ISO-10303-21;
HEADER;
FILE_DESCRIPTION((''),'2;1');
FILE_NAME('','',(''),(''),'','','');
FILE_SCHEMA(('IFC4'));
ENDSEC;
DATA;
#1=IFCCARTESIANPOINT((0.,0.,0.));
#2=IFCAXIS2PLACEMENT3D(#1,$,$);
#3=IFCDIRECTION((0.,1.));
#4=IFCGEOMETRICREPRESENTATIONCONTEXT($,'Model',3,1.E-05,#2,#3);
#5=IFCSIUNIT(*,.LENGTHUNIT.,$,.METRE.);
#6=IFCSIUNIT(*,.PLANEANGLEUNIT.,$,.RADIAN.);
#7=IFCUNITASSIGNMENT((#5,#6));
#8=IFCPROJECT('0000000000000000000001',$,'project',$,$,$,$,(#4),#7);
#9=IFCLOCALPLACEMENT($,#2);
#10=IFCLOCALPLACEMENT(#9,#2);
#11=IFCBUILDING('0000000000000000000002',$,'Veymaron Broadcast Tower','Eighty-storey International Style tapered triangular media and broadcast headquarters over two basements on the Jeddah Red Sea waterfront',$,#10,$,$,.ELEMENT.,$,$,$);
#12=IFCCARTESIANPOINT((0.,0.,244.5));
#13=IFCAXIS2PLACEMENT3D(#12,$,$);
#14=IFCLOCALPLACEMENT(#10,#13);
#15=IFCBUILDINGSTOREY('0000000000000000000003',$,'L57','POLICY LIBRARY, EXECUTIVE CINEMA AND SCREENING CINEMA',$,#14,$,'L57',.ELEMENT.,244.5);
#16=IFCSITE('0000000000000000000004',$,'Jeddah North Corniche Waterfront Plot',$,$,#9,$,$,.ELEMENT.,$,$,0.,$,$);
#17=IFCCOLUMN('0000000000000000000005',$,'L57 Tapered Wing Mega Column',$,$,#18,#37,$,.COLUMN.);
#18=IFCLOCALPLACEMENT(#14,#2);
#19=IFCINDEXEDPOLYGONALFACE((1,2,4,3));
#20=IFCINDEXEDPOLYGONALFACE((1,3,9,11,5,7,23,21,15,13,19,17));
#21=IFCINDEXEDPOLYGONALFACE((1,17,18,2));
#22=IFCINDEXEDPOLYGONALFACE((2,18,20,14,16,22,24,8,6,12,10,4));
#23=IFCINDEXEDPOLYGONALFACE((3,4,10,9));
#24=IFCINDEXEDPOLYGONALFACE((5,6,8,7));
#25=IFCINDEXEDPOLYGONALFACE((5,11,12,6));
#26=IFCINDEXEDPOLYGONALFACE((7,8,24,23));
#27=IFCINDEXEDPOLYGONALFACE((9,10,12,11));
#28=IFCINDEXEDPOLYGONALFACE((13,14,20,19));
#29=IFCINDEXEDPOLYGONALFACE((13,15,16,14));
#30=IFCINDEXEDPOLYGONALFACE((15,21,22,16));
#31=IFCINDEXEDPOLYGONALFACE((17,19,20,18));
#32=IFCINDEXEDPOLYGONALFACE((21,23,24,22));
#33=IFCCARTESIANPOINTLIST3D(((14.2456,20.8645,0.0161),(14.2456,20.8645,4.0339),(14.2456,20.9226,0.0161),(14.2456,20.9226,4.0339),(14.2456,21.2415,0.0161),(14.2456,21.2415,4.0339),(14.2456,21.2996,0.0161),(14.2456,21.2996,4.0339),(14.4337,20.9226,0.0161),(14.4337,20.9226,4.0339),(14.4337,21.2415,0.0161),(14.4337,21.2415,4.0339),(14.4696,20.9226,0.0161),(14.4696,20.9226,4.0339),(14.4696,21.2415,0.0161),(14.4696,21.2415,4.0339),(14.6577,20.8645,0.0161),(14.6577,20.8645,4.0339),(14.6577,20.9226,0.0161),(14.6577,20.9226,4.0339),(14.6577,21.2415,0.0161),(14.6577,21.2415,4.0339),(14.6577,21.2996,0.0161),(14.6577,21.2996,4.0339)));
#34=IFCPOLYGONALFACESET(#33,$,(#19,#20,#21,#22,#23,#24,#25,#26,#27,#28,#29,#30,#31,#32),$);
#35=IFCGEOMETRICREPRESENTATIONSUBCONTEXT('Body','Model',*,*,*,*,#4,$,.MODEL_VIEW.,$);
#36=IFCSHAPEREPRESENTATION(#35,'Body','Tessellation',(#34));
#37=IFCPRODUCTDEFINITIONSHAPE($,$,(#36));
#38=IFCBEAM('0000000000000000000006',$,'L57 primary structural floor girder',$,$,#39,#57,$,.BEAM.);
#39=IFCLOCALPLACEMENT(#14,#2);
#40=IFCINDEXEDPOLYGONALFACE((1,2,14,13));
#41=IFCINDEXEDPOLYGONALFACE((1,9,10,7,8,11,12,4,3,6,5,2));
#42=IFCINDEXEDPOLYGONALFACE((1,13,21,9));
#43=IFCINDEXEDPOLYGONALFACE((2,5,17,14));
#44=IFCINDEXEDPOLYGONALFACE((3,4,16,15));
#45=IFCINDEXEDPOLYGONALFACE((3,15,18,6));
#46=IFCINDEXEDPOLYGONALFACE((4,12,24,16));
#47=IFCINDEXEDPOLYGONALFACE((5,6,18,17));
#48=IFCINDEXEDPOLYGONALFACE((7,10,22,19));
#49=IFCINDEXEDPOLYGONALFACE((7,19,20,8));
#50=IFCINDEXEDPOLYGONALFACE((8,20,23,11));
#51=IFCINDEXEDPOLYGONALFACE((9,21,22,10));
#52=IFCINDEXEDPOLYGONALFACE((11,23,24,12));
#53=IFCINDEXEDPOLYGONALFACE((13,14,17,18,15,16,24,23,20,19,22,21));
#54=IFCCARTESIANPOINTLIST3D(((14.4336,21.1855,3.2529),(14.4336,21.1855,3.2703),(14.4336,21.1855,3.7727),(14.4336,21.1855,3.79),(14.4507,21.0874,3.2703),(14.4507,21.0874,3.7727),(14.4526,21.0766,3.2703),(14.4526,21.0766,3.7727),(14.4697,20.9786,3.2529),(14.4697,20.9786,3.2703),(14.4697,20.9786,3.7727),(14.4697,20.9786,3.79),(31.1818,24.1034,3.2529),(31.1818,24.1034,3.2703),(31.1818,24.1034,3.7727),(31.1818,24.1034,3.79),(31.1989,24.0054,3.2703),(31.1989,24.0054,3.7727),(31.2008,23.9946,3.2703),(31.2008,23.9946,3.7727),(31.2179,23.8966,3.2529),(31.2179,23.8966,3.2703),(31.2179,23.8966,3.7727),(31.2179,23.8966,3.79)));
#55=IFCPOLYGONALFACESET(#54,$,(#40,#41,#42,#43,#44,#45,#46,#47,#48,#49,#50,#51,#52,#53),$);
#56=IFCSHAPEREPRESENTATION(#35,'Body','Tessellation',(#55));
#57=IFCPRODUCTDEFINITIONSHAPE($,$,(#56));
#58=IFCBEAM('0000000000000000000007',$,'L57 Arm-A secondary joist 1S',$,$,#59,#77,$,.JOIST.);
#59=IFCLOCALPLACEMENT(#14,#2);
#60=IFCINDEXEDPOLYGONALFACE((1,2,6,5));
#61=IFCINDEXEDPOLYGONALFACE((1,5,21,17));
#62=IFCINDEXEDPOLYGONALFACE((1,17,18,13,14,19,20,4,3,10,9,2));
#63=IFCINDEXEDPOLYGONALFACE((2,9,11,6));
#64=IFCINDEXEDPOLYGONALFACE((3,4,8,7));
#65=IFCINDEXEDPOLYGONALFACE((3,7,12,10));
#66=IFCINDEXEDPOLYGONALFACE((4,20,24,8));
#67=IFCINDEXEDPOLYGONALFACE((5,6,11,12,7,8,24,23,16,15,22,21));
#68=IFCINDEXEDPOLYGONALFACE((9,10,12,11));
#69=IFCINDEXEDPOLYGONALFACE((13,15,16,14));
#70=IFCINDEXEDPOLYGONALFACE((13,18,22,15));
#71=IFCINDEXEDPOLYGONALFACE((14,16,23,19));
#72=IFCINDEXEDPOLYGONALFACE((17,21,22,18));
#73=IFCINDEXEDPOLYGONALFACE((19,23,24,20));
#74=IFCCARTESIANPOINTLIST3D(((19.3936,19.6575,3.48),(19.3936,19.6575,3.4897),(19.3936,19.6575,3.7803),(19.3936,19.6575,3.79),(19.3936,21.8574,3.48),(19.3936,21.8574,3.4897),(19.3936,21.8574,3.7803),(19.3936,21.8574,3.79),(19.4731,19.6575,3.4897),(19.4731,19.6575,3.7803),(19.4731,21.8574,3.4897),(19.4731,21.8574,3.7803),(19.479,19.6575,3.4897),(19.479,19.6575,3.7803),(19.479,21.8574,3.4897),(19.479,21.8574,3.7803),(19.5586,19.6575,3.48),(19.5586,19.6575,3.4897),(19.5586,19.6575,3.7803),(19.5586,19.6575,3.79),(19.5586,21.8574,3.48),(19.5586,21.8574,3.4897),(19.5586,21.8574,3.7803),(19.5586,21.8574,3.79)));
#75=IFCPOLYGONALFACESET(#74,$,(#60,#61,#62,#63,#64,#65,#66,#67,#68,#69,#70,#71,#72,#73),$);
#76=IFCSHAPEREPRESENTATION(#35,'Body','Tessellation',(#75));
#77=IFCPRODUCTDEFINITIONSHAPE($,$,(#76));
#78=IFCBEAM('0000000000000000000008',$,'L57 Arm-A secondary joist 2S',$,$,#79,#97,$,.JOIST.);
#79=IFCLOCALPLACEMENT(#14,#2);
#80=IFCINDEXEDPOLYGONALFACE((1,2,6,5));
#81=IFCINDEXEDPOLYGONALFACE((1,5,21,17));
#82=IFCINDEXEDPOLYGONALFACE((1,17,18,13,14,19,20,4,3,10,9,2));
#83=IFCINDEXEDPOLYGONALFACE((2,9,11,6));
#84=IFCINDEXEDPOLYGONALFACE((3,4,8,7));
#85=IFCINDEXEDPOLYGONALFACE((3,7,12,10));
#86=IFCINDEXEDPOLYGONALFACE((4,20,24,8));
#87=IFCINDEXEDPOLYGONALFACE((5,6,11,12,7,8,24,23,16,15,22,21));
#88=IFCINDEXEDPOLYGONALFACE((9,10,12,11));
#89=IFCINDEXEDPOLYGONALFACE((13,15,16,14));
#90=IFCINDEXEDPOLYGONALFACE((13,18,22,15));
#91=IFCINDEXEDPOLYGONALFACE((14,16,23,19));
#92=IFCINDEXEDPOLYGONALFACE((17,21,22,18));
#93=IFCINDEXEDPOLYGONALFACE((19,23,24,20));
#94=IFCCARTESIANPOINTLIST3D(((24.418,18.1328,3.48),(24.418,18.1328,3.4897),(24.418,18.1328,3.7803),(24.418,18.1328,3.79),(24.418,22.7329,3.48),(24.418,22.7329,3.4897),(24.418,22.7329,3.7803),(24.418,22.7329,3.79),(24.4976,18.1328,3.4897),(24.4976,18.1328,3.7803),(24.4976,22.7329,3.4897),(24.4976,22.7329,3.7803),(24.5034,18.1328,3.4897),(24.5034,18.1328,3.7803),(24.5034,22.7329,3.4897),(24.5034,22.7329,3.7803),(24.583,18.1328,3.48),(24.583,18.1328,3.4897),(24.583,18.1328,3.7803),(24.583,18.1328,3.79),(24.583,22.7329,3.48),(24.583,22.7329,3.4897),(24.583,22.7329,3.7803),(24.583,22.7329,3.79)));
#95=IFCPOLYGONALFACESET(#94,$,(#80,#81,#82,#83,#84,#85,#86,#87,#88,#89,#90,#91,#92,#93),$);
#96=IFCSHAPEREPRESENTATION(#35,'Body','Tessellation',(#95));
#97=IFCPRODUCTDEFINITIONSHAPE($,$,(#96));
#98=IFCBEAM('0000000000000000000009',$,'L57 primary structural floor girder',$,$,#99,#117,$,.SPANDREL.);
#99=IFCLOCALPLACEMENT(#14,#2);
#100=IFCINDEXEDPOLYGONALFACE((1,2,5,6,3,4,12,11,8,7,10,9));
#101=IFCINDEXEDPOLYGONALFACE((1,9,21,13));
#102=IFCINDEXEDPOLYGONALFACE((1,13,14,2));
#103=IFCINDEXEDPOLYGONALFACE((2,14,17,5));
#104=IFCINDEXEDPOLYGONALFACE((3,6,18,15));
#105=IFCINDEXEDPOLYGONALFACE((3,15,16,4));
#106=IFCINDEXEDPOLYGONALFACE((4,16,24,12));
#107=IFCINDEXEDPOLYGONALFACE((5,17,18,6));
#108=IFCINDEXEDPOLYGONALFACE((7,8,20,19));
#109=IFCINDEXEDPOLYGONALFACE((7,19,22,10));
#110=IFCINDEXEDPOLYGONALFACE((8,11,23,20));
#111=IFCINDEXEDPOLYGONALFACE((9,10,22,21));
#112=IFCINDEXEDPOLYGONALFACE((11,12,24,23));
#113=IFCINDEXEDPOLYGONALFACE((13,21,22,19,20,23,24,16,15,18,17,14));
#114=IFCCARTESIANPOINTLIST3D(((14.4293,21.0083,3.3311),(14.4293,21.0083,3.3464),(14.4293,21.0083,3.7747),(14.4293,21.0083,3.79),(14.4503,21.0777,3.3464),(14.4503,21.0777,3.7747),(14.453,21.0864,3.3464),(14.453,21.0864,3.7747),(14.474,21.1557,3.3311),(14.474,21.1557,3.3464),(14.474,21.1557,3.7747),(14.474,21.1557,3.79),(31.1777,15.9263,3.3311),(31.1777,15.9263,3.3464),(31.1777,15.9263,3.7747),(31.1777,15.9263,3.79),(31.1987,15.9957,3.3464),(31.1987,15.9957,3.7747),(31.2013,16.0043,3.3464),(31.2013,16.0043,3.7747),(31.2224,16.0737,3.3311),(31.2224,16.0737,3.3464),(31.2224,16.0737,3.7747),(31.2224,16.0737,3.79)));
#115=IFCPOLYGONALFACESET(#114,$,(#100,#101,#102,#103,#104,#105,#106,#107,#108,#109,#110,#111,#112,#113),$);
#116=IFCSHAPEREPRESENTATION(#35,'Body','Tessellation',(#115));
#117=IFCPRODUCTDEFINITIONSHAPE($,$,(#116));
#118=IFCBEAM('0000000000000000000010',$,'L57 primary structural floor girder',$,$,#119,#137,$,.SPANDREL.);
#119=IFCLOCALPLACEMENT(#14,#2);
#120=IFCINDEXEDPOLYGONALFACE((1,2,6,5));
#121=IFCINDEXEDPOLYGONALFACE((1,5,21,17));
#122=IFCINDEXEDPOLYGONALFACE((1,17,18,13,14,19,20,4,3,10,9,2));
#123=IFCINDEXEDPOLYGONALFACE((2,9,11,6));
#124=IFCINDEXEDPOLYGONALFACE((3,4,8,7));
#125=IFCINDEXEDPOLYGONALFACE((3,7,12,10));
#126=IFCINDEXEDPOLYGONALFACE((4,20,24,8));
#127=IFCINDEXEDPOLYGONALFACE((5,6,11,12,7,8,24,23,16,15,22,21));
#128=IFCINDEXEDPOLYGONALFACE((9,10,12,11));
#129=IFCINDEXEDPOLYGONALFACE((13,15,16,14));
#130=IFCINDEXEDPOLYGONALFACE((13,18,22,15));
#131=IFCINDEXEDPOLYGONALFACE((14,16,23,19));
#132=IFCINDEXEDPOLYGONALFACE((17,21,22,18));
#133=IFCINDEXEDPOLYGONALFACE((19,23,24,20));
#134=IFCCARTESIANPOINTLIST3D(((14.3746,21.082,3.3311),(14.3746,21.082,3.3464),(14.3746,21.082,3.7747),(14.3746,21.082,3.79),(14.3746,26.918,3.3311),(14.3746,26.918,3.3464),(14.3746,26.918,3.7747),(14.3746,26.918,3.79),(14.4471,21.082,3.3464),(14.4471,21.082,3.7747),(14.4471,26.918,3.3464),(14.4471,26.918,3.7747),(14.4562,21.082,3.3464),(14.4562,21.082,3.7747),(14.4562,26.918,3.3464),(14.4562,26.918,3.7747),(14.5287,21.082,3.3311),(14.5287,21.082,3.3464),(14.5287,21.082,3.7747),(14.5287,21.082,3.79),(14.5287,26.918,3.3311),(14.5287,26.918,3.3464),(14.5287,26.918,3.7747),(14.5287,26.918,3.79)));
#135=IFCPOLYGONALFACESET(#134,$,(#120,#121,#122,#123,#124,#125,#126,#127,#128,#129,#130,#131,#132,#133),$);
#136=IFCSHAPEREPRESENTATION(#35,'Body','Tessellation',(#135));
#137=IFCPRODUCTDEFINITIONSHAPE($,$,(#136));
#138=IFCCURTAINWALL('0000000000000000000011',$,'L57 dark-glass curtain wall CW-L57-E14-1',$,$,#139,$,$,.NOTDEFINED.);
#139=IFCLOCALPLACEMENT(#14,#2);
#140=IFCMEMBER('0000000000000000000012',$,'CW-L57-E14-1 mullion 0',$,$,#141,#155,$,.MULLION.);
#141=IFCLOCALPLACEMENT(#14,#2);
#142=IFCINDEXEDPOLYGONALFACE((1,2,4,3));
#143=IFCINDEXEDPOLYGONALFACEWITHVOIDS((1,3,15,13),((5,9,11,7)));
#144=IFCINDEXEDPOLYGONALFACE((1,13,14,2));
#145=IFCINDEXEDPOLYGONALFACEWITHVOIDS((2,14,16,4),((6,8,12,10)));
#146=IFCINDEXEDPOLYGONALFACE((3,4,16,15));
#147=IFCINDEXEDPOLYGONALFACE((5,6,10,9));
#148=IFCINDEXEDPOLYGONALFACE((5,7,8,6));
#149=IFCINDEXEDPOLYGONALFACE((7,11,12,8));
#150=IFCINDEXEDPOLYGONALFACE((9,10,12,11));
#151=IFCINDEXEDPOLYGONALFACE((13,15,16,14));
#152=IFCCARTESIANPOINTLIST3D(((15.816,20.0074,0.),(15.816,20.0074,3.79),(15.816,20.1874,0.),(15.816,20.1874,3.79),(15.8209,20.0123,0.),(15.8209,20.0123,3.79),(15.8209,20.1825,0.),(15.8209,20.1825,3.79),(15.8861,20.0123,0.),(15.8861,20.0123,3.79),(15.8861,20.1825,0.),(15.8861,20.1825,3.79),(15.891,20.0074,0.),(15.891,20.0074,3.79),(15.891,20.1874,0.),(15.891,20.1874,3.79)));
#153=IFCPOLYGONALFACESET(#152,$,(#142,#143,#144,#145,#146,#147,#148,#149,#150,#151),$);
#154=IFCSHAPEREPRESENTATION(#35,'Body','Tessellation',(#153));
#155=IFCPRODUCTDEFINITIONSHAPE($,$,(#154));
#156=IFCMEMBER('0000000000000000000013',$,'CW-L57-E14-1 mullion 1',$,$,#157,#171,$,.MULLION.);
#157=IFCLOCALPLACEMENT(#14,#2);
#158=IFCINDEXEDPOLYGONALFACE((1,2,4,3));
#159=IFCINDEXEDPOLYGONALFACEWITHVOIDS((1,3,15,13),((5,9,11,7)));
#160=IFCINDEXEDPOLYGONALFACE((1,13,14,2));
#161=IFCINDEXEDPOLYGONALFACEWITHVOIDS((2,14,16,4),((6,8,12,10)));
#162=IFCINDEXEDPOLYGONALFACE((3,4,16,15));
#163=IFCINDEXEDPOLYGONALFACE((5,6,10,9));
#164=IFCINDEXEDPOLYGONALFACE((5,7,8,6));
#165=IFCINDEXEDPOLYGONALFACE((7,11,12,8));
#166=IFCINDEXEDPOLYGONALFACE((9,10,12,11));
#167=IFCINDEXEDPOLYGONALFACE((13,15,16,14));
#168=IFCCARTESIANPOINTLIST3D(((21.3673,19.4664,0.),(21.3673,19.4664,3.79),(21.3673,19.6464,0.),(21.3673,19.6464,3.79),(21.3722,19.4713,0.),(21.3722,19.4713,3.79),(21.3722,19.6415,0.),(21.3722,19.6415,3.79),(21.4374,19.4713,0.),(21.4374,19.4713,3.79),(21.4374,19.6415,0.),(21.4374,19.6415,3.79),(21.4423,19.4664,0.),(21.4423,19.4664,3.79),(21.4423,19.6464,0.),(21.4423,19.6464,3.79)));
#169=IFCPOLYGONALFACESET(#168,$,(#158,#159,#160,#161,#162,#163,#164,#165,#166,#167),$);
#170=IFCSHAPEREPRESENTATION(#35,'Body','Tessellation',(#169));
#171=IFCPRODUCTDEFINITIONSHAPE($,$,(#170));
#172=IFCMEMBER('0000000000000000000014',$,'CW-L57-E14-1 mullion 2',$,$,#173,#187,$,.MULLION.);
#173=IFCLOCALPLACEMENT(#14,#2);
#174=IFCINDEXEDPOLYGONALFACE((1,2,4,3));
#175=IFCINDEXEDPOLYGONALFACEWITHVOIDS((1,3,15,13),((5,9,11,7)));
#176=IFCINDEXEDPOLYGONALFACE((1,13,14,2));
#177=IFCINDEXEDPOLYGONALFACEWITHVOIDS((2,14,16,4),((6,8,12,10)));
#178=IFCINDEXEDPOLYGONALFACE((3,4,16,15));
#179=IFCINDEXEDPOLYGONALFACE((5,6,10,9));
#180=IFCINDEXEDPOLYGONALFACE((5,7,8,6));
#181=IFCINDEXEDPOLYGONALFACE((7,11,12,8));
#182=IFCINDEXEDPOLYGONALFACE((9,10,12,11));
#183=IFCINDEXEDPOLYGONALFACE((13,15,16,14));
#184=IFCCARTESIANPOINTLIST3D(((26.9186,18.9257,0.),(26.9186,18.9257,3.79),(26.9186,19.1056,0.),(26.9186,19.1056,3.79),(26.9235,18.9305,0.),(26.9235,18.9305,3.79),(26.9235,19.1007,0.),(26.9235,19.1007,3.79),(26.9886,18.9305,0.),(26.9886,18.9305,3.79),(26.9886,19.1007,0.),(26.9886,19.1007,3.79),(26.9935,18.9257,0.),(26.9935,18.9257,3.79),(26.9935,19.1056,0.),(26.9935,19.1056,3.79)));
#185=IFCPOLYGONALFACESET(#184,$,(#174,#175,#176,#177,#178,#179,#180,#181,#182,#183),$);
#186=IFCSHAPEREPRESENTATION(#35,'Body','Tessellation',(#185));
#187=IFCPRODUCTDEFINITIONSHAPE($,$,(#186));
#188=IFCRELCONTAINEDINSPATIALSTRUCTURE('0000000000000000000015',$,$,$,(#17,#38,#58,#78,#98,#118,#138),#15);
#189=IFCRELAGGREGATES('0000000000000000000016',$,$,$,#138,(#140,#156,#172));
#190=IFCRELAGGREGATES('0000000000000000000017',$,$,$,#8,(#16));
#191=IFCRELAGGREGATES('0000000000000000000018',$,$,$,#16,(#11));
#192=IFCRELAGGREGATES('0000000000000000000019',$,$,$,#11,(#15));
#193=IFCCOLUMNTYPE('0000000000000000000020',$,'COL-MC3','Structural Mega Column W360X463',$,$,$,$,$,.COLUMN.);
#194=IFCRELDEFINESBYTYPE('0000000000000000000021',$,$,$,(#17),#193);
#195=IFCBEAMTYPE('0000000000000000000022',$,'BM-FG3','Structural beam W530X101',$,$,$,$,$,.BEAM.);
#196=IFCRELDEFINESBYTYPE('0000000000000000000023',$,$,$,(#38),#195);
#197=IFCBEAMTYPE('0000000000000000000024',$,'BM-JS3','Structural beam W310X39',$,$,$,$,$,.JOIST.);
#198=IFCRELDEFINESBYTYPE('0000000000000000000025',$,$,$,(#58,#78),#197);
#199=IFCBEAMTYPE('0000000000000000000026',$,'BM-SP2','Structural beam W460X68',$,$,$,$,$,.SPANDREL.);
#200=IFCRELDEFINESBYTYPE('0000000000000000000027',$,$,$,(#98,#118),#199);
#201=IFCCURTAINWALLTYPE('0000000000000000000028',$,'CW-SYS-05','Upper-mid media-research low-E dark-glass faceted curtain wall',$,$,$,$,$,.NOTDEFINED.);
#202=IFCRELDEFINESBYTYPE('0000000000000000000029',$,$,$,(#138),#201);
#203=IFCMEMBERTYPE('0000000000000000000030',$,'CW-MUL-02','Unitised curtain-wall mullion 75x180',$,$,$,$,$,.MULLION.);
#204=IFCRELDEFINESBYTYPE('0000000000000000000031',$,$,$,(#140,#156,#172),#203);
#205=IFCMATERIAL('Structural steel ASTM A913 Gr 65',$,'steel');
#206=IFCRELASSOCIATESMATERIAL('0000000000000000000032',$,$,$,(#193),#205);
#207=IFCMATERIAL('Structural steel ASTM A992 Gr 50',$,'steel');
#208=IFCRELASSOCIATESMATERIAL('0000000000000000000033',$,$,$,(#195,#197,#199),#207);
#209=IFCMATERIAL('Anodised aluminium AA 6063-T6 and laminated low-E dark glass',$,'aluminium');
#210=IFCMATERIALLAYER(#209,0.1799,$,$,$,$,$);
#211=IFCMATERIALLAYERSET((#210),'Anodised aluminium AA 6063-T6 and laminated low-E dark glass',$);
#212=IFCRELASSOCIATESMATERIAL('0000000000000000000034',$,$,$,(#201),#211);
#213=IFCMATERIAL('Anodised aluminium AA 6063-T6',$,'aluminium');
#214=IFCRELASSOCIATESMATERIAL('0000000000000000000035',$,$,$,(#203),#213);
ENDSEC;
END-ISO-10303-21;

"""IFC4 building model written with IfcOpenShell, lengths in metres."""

from ifc_helpers import new_model, si_unit, direction, frame, origin, origin_2d, place, context, subcontext, project, spatial, hollow_rectangle, i_section, extrude, material, layer, layer_set, material_profile, profile_set, type_object, element, aggregate, save


model = new_model("IFC4")

# Units and contexts
model_context = context("Model", 3, precision=1e-05, world=origin(), true_north=direction((0.0, 1.0)))
body_context = subcontext(model_context, "Body", "Model", "MODEL_VIEW")
ifc_project = project(units=[si_unit("LENGTHUNIT", "METRE"), si_unit("PLANEANGLEUNIT", "RADIAN")], contexts=[model_context])

# Site, building, storey
site_placement = place(None, origin())
site = spatial("IfcSite", under=ifc_project, at=site_placement, Name="Jeddah North Corniche Waterfront Plot", CompositionType="ELEMENT", RefElevation=0.0)
building_placement = place(site_placement, origin())
building = spatial("IfcBuilding", under=site, at=building_placement, Name="Veymaron Broadcast Tower", Description="Eighty-storey International Style tapered triangular media and broadcast headquarters over two basements on the Jeddah Red Sea waterfront", CompositionType="ELEMENT")
storey_placement = place(building_placement, frame((0.0, 0.0, 244.5)))
storey = spatial("IfcBuildingStorey", under=building, at=storey_placement, Name="L57", Description="POLICY LIBRARY, EXECUTIVE CINEMA AND SCREENING CINEMA", LongName="L57", CompositionType="ELEMENT", Elevation=244.5)

# Column
ifc_material_1 = material(Name="Structural steel ASTM A913 Gr 65", Category="steel")
ifc_material_profile_1 = material_profile(ifc_material_1, i_section(OverallWidth=0.4121, OverallDepth=0.4351, WebThickness=0.0359, FlangeThickness=0.0581, at=origin_2d()), Name="W360X463")
ifc_profile_set_1 = profile_set([ifc_material_profile_1], Name="Structural steel ASTM A913 Gr 65")
column_type = type_object("IfcColumnType", Name="COL-MC3", Description="Structural Mega Column W360X463", PredefinedType="COLUMN", material=ifc_profile_set_1)
column_placement = place(storey_placement, frame((14.4517, 21.082, 0.0161), z_axis=(0.0, 0.0, 1.0), x_axis=(1.0, 0.0, 0.0)))
element("IfcColumn", 1, at=column_placement, inside=storey, type_object=column_type, Name="L57 Tapered Wing Mega Column", PredefinedType="COLUMN", context=body_context, shape_type="SweptSolid", body=[
    extrude(i_section(OverallWidth=0.4121, OverallDepth=0.4351, WebThickness=0.0359, FlangeThickness=0.0581, at=origin_2d()), origin(), (0.0, 0.0, 1.0), 4.0178),
])

# Beams
ifc_material_2 = material(Name="Structural steel ASTM A992 Gr 50", Category="steel")
ifc_material_profile_2 = material_profile(ifc_material_2, i_section(OverallWidth=0.21, OverallDepth=0.5371, WebThickness=0.011, FlangeThickness=0.0173, at=origin_2d()), Name="W530X101")
ifc_profile_set_2 = profile_set([ifc_material_profile_2], Name="Structural steel ASTM A992 Gr 50")
beam_type_1 = type_object("IfcBeamType", Name="BM-FG3", Description="Structural beam W530X101", PredefinedType="BEAM", material=ifc_profile_set_2)
beam_1_placement = place(storey_placement, frame((14.4517, 21.082, 3.5215), z_axis=(0.98516, 0.171639, 0.0), x_axis=(-0.171639, 0.98516, 0.0)))
element("IfcBeam", 2, at=beam_1_placement, inside=storey, type_object=beam_type_1, Name="L57 primary structural floor girder", PredefinedType="BEAM", context=body_context, shape_type="SweptSolid", body=[
    extrude(i_section(OverallWidth=0.21, OverallDepth=0.5371, WebThickness=0.011, FlangeThickness=0.0173, at=origin_2d()), origin(), (0.0, 0.0, 1.0), 17.0005),
])
ifc_material_profile_3 = material_profile(ifc_material_2, i_section(OverallWidth=0.165, OverallDepth=0.3101, WebThickness=0.0059, FlangeThickness=0.0098, at=origin_2d()), Name="W310X39")
ifc_profile_set_3 = profile_set([ifc_material_profile_3], Name="Structural steel ASTM A992 Gr 50")
beam_type_2 = type_object("IfcBeamType", Name="BM-JS3", Description="Structural beam W310X39", PredefinedType="JOIST", material=ifc_profile_set_3)
beam_2_placement = place(storey_placement, frame((19.4761, 19.6575, 3.635), z_axis=(0.0, 1.0, 0.0), x_axis=(-1.0, 0.0, 0.0)))
element("IfcBeam", 3, at=beam_2_placement, inside=storey, type_object=beam_type_2, Name="L57 Arm-A secondary joist 1S", PredefinedType="JOIST", context=body_context, shape_type="SweptSolid", body=[
    extrude(i_section(OverallWidth=0.165, OverallDepth=0.3101, WebThickness=0.0059, FlangeThickness=0.0098, at=origin_2d()), origin(), (0.0, 0.0, 1.0), 2.2),
])
beam_3_placement = place(storey_placement, frame((24.5005, 18.1328, 3.635), z_axis=(0.0, 1.0, 0.0), x_axis=(-1.0, 0.0, 0.0)))
element("IfcBeam", 4, at=beam_3_placement, inside=storey, type_object=beam_type_2, Name="L57 Arm-A secondary joist 2S", PredefinedType="JOIST", context=body_context, shape_type="SweptSolid", body=[
    extrude(i_section(OverallWidth=0.165, OverallDepth=0.3101, WebThickness=0.0059, FlangeThickness=0.0098, at=origin_2d()), origin(), (0.0, 0.0, 1.0), 4.6001),
])
ifc_material_profile_4 = material_profile(ifc_material_2, i_section(OverallWidth=0.1541, OverallDepth=0.459, WebThickness=0.009, FlangeThickness=0.0154, at=origin_2d()), Name="W460X68")
ifc_profile_set_4 = profile_set([ifc_material_profile_4], Name="Structural steel ASTM A992 Gr 50")
beam_type_3 = type_object("IfcBeamType", Name="BM-SP2", Description="Structural beam W460X68", PredefinedType="SPANDREL", material=ifc_profile_set_4)
beam_4_placement = place(storey_placement, frame((14.4517, 21.082, 3.5605), z_axis=(0.956917, -0.290363, 0.0), x_axis=(0.290363, 0.956917, 0.0)))
element("IfcBeam", 5, at=beam_4_placement, inside=storey, type_object=beam_type_3, Name="L57 primary structural floor girder", PredefinedType="SPANDREL", context=body_context, shape_type="SweptSolid", body=[
    extrude(i_section(OverallWidth=0.1541, OverallDepth=0.459, WebThickness=0.009, FlangeThickness=0.0154, at=origin_2d()), origin(), (0.0, 0.0, 1.0), 17.5024),
])
beam_5_placement = place(storey_placement, frame((14.4517, 21.082, 3.5605), z_axis=(0.0, 1.0, 0.0), x_axis=(-1.0, 0.0, 0.0)))
element("IfcBeam", 6, at=beam_5_placement, inside=storey, type_object=beam_type_3, Name="L57 primary structural floor girder", PredefinedType="SPANDREL", context=body_context, shape_type="SweptSolid", body=[
    extrude(i_section(OverallWidth=0.1541, OverallDepth=0.459, WebThickness=0.009, FlangeThickness=0.0154, at=origin_2d()), origin(), (0.0, 0.0, 1.0), 5.8359),
])

# Curtain wall, members
ifc_material_3 = material(Name="Anodised aluminium AA 6063-T6 and laminated low-E dark glass", Category="aluminium")
ifc_layer_1 = layer(ifc_material_3, 0.1799)
ifc_layer_set_1 = layer_set([ifc_layer_1], Name="Anodised aluminium AA 6063-T6 and laminated low-E dark glass")
curtain_wall_type = type_object("IfcCurtainWallType", Name="CW-SYS-05", Description="Upper-mid media-research low-E dark-glass faceted curtain wall", PredefinedType="NOTDEFINED", material=ifc_layer_set_1)
curtain_wall_placement = place(storey_placement, origin())
curtain_wall = element("IfcCurtainWall", 7, at=curtain_wall_placement, inside=storey, type_object=curtain_wall_type, Name="L57 dark-glass curtain wall CW-L57-E14-1", PredefinedType="NOTDEFINED")
ifc_material_4 = material(Name="Anodised aluminium AA 6063-T6", Category="aluminium")
ifc_material_profile_5 = material_profile(ifc_material_4, hollow_rectangle(XDim=0.075, YDim=0.1799, WallThickness=0.0049, at=origin_2d()), Name="AL180X75X5")
ifc_profile_set_5 = profile_set([ifc_material_profile_5], Name="Anodised aluminium AA 6063-T6")
member_type_1 = type_object("IfcMemberType", Name="CW-MUL-02", Description="Unitised curtain-wall mullion 75x180", PredefinedType="MULLION", material=ifc_profile_set_5)
member_1_placement = place(storey_placement, frame((15.8535, 20.0974, 0.0), z_axis=(0.0, 0.0, 1.0), x_axis=(1.0, 0.0, 0.0)))
member_1 = element("IfcMember", 8, at=member_1_placement, type_object=member_type_1, Name="CW-L57-E14-1 mullion 0", PredefinedType="MULLION", context=body_context, shape_type="SweptSolid", body=[
    extrude(hollow_rectangle(XDim=0.075, YDim=0.1799, WallThickness=0.0049, at=origin_2d()), origin(), (0.0, 0.0, 1.0), 3.79),
])
member_2_placement = place(storey_placement, frame((21.4048, 19.5564, 0.0), z_axis=(0.0, 0.0, 1.0), x_axis=(1.0, 0.0, 0.0)))
member_2 = element("IfcMember", 9, at=member_2_placement, type_object=member_type_1, Name="CW-L57-E14-1 mullion 1", PredefinedType="MULLION", context=body_context, shape_type="SweptSolid", body=[
    extrude(hollow_rectangle(XDim=0.075, YDim=0.1799, WallThickness=0.0049, at=origin_2d()), origin(), (0.0, 0.0, 1.0), 3.79),
])
member_3_placement = place(storey_placement, frame((26.9561, 19.0156, 0.0), z_axis=(0.0, 0.0, 1.0), x_axis=(1.0, 0.0, 0.0)))
member_3 = element("IfcMember", 10, at=member_3_placement, type_object=member_type_1, Name="CW-L57-E14-1 mullion 2", PredefinedType="MULLION", context=body_context, shape_type="SweptSolid", body=[
    extrude(hollow_rectangle(XDim=0.075, YDim=0.1799, WallThickness=0.0049, at=origin_2d()), origin(), (0.0, 0.0, 1.0), 3.79),
])
aggregate(curtain_wall, [member_1, member_2, member_3])

save(model, "model.ifc")
